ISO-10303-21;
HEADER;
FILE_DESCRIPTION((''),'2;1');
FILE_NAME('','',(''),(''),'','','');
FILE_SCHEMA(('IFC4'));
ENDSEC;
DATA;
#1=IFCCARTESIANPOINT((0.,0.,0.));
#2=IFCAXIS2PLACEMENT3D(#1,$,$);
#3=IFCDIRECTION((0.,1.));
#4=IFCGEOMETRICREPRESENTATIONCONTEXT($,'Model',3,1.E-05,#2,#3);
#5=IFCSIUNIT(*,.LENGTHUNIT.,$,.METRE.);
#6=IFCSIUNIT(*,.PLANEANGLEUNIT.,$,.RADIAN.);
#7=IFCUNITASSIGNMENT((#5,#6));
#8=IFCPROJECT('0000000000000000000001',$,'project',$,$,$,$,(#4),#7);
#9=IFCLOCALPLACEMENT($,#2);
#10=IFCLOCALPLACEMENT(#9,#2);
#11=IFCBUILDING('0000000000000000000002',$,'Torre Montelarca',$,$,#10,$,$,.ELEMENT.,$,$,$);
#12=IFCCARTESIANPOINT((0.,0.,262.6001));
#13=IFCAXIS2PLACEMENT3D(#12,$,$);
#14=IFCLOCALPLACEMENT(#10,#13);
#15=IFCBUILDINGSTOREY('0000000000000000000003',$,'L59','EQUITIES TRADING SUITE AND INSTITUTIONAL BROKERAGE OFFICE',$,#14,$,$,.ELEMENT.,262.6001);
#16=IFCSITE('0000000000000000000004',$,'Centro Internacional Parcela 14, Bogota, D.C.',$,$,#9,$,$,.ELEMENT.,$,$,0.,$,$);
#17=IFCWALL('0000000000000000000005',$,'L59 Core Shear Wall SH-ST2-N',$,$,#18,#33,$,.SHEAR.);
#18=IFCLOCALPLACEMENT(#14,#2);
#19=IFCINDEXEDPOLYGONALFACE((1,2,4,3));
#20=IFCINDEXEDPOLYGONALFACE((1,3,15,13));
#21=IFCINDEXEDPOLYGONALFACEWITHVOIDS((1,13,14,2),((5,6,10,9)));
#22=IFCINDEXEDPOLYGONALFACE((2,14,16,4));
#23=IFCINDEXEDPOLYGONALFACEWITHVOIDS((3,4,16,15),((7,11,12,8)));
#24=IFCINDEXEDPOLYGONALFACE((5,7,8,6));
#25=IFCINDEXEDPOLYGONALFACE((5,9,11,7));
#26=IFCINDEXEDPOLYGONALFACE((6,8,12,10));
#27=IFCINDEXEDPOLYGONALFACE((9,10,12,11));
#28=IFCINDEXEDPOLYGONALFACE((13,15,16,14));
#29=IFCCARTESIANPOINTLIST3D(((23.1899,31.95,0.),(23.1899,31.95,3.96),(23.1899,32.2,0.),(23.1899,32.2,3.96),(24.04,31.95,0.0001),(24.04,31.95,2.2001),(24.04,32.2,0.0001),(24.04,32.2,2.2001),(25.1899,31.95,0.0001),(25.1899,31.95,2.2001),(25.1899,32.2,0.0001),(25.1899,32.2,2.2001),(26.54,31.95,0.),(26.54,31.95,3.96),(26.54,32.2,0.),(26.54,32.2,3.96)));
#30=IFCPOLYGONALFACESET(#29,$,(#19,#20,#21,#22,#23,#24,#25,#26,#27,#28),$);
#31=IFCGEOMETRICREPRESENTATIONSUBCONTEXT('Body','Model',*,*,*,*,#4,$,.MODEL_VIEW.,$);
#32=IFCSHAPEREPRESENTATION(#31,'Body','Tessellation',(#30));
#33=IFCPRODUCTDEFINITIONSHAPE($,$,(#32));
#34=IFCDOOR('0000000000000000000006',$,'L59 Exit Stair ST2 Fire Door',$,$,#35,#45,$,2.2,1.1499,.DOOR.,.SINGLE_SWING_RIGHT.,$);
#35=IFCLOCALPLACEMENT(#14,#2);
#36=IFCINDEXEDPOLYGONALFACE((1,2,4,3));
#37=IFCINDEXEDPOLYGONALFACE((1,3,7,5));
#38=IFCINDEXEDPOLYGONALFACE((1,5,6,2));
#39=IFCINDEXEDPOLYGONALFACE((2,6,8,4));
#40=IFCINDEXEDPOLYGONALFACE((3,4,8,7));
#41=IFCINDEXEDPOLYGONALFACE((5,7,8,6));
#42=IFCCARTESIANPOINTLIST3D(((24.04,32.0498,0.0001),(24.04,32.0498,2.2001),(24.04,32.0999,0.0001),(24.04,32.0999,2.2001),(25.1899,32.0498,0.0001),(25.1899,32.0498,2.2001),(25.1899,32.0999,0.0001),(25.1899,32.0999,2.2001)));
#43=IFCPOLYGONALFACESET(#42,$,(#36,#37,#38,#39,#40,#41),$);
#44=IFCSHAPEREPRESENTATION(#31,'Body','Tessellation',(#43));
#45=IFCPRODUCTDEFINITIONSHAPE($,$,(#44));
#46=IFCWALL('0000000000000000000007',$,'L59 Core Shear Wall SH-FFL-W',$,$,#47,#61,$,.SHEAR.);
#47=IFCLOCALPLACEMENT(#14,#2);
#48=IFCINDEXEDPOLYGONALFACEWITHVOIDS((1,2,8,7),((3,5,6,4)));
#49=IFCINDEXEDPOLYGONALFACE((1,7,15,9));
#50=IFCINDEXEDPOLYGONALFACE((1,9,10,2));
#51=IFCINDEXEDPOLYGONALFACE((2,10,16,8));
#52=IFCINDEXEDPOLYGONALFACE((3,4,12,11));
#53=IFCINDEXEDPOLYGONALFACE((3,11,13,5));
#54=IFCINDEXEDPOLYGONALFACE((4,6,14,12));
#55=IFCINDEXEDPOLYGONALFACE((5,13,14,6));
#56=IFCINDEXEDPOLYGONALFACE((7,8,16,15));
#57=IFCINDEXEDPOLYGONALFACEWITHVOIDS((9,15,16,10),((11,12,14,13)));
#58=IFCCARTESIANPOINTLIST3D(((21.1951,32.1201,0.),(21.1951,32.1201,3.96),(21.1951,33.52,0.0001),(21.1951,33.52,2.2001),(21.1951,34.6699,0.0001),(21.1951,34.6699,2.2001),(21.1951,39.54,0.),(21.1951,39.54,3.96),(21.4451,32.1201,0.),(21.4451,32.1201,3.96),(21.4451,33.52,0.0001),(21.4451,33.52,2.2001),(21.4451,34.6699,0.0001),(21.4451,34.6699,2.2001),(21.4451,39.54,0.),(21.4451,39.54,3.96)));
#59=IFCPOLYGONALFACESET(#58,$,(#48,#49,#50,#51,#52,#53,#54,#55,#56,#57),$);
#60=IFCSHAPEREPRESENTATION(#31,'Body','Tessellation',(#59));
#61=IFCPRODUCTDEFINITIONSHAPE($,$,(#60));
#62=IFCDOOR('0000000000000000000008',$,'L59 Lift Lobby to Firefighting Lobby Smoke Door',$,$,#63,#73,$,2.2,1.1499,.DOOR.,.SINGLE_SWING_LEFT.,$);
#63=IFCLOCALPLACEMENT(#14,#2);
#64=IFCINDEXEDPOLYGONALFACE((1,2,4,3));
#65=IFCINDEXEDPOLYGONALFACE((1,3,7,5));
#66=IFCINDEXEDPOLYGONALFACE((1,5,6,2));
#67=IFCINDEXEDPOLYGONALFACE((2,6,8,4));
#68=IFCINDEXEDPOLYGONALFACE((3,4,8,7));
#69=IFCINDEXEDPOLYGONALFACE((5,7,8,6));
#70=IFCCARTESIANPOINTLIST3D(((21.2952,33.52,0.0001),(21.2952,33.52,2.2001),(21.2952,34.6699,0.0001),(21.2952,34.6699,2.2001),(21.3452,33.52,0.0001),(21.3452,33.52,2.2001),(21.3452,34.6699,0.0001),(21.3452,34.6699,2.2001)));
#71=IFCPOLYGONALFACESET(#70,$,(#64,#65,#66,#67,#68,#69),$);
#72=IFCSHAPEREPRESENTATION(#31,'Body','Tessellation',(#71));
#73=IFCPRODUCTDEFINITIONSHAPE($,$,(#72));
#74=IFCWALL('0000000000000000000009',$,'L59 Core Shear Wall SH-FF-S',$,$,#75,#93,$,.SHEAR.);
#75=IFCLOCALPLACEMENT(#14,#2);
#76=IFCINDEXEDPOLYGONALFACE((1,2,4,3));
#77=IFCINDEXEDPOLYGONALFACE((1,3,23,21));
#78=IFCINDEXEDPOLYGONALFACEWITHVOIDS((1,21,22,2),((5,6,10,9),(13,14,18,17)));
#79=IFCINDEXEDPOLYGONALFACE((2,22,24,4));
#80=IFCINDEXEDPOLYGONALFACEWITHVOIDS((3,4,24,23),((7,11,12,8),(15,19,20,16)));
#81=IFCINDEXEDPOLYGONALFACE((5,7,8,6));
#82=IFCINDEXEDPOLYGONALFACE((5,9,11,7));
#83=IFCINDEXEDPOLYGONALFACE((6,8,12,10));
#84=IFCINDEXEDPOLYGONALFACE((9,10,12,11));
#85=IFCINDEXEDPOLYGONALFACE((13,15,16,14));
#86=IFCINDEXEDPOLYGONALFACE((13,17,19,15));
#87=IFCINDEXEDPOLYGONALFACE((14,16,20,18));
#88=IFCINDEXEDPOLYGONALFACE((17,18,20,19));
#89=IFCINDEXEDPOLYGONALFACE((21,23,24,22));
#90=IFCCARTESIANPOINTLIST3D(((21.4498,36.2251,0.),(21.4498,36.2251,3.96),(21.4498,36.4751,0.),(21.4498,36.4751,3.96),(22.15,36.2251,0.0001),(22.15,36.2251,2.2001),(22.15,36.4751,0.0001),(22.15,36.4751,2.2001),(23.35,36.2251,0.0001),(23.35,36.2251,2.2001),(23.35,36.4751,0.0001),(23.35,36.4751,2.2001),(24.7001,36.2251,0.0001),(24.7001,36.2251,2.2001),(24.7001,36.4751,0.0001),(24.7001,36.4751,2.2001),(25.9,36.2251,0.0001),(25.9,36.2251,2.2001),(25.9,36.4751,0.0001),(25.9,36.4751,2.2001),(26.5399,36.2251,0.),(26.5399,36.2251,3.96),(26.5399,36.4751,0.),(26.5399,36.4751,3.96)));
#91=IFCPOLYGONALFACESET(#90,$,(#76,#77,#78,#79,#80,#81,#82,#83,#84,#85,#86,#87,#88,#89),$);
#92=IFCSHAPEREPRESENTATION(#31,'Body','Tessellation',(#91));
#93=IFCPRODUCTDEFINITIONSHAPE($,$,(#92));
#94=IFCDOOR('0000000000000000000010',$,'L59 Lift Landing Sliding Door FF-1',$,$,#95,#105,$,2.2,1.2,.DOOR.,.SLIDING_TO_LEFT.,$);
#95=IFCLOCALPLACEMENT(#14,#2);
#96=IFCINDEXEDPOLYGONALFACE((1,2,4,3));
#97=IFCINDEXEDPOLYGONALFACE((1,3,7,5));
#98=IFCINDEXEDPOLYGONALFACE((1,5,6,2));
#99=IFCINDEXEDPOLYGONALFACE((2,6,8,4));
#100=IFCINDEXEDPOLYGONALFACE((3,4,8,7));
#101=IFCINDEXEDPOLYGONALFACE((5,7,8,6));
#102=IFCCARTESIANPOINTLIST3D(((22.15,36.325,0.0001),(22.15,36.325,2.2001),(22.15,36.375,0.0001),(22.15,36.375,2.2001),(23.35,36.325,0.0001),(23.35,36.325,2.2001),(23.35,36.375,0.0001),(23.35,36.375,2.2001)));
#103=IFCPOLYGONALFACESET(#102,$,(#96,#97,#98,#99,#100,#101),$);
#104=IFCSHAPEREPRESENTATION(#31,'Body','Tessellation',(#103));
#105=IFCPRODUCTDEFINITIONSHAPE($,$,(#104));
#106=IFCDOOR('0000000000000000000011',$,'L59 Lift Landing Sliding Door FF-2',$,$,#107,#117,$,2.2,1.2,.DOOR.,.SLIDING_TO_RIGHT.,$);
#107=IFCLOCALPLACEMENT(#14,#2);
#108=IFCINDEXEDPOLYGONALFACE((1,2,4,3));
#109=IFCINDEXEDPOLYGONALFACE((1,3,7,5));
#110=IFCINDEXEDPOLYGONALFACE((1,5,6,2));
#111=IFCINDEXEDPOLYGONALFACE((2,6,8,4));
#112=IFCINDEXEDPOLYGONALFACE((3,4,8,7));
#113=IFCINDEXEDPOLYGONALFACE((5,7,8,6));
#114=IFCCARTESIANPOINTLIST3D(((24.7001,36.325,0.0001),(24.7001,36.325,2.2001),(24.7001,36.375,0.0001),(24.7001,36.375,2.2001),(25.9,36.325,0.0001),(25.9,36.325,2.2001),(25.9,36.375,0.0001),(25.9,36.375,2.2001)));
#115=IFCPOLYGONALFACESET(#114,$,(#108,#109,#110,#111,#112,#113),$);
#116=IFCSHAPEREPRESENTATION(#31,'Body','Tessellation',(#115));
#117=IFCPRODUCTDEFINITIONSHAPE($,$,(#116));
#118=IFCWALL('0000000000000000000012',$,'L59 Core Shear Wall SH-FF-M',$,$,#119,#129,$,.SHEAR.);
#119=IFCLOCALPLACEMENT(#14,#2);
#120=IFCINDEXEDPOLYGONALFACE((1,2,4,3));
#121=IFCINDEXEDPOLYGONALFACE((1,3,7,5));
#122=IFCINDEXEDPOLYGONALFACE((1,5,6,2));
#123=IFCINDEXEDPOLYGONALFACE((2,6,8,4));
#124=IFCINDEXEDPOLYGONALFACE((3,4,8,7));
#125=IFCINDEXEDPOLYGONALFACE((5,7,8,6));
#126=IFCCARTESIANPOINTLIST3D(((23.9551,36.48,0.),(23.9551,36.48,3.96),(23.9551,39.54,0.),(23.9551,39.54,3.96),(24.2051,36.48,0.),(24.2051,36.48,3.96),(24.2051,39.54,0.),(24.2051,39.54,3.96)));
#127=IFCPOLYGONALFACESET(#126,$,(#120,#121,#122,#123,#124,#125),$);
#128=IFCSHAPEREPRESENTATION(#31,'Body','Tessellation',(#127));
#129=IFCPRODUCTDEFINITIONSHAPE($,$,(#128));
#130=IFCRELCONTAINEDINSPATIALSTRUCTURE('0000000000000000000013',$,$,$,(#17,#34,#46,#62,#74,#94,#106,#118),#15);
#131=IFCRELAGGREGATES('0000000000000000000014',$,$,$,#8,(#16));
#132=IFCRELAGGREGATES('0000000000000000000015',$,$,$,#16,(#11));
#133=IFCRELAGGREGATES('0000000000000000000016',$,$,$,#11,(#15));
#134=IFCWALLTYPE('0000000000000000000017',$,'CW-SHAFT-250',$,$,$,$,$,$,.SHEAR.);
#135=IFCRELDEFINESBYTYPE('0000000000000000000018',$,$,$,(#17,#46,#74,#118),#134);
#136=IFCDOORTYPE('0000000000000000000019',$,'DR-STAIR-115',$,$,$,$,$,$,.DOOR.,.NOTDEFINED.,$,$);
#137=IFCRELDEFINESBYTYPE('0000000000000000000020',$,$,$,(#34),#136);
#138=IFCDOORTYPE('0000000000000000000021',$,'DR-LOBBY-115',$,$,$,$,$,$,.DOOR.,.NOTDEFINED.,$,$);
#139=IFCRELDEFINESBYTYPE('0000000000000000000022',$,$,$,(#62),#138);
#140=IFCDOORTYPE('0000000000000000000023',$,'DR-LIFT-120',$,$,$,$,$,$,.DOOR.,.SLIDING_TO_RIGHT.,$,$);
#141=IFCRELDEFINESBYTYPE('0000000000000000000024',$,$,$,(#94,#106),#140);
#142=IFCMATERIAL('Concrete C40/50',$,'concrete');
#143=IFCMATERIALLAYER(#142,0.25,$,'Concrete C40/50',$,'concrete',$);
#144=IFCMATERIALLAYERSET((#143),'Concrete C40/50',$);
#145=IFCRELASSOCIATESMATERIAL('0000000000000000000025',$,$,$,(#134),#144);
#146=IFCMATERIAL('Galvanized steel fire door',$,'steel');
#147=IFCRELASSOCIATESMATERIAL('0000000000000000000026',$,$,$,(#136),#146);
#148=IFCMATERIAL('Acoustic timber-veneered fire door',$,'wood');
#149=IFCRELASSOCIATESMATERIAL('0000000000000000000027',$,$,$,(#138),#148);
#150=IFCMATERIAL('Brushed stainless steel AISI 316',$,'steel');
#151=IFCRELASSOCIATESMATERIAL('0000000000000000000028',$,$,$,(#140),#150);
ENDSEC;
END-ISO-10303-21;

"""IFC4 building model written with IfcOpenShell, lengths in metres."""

from ifc_helpers import new_model, si_unit, direction, frame, frame_2d, origin, place, context, subcontext, project, spatial, rectangle, extrude, source, transform, mapped, material, layer, layer_set, type_object, element, fill, save


model = new_model("IFC4")

# Units and contexts
model_context = context("Model", 3, precision=1e-05, world=origin(), true_north=direction((0.0, 1.0)))
body_context = subcontext(model_context, "Body", "Model", "MODEL_VIEW")
ifc_project = project(units=[si_unit("LENGTHUNIT", "METRE"), si_unit("PLANEANGLEUNIT", "RADIAN")], contexts=[model_context])

# Site, building, storey
site_placement = place(None, origin())
site = spatial("IfcSite", under=ifc_project, at=site_placement, Name="Centro Internacional Parcela 14, Bogota, D.C.", CompositionType="ELEMENT", RefElevation=0.0)
building_placement = place(site_placement, origin())
building = spatial("IfcBuilding", under=site, at=building_placement, Name="Torre Montelarca", CompositionType="ELEMENT")
storey_placement = place(building_placement, frame((0.0, 0.0, 262.6001)))
storey = spatial("IfcBuildingStorey", under=building, at=storey_placement, Name="L59", Description="EQUITIES TRADING SUITE AND INSTITUTIONAL BROKERAGE OFFICE", CompositionType="ELEMENT", Elevation=262.6001)

# Walls, openings, doors
ifc_material_1 = material(Name="Concrete C40/50", Category="concrete")
ifc_layer_1 = layer(ifc_material_1, 0.25, Name="Concrete C40/50", Category="concrete")
ifc_layer_set_1 = layer_set([ifc_layer_1], Name="Concrete C40/50")
wall_type_1 = type_object("IfcWallType", Name="CW-SHAFT-250", PredefinedType="SHEAR", material=ifc_layer_set_1)
wall_1_placement = place(storey_placement, frame((23.1899, 32.075, 0.0), z_axis=(0.0, 0.0, 1.0), x_axis=(1.0, 0.0, 0.0)))
wall_1 = element("IfcWall", 1, at=wall_1_placement, inside=storey, type_object=wall_type_1, Name="L59 Core Shear Wall SH-ST2-N", PredefinedType="SHEAR", context=body_context, shape_type="SweptSolid", body=[
    extrude(rectangle(XDim=3.3501, YDim=0.25, at=frame_2d((1.675, 0.0))), origin(), (0.0, 0.0, 1.0), 3.96),
])
opening_1_placement = place(wall_1_placement, frame((0.8501, 0.0, 0.0)))
opening_1 = element("IfcOpeningElement", 2, at=opening_1_placement, cuts=wall_1, PredefinedType="OPENING", context=body_context, shape_type="SweptSolid", body=[
    extrude(rectangle(XDim=1.1499, YDim=2.2, at=frame_2d((0.575, 1.1001))), frame((0.0, 0.135, 0.0), z_axis=(0.0, -1.0, 0.0), x_axis=(1.0, 0.0, 0.0)), (0.0, 0.0, 1.0), 0.27),
])
ifc_material_2 = material(Name="Galvanized steel fire door", Category="steel")
door_type_1 = type_object("IfcDoorType", Name="DR-STAIR-115", OperationType="NOTDEFINED", PredefinedType="DOOR", material=ifc_material_2)
shared_shape_1 = source(origin(), body_context, "Body", "SweptSolid", [
    extrude(rectangle(XDim=1.1499, YDim=2.2, at=frame_2d((0.575, 1.1001))), frame((0.0, 0.0249, 0.0), z_axis=(0.0, -1.0, 0.0), x_axis=(1.0, 0.0, 0.0)), (0.0, 0.0, 1.0), 0.05),
])
door_1_placement = place(opening_1_placement, origin())
door_1 = element("IfcDoor", 3, at=door_1_placement, inside=storey, type_object=door_type_1, Name="L59 Exit Stair ST2 Fire Door", OperationType="SINGLE_SWING_RIGHT", OverallHeight=2.2, OverallWidth=1.1499, PredefinedType="DOOR", context=body_context, shape_type="MappedRepresentation", body=[
    mapped(shared_shape_1, transform((0.0, 0.0, 0.0), scale=1.0)),
])
fill(opening_1, door_1)
wall_2_placement = place(storey_placement, frame((21.3201, 32.1201, 0.0), z_axis=(0.0, 0.0, 1.0), x_axis=(0.0, 1.0, 0.0)))
wall_2 = element("IfcWall", 4, at=wall_2_placement, inside=storey, type_object=wall_type_1, Name="L59 Core Shear Wall SH-FFL-W", PredefinedType="SHEAR", context=body_context, shape_type="SweptSolid", body=[
    extrude(rectangle(XDim=7.4199, YDim=0.25, at=frame_2d((3.71, 0.0))), origin(), (0.0, 0.0, 1.0), 3.96),
])
opening_2_placement = place(wall_2_placement, frame((1.3999, 0.0, 0.0)))
opening_2 = element("IfcOpeningElement", 5, at=opening_2_placement, cuts=wall_2, PredefinedType="OPENING", context=body_context, shape_type="SweptSolid", body=[
    extrude(rectangle(XDim=1.1499, YDim=2.2, at=frame_2d((0.575, 1.1001))), frame((0.0, 0.135, 0.0), z_axis=(0.0, -1.0, 0.0), x_axis=(1.0, 0.0, 0.0)), (0.0, 0.0, 1.0), 0.27),
])
ifc_material_3 = material(Name="Acoustic timber-veneered fire door", Category="wood")
door_type_2 = type_object("IfcDoorType", Name="DR-LOBBY-115", OperationType="NOTDEFINED", PredefinedType="DOOR", material=ifc_material_3)
shared_shape_2 = source(origin(), body_context, "Body", "SweptSolid", [
    extrude(rectangle(XDim=1.1499, YDim=2.2, at=frame_2d((0.575, 1.1001))), frame((0.0, 0.0249, 0.0), z_axis=(0.0, -1.0, 0.0), x_axis=(1.0, 0.0, 0.0)), (0.0, 0.0, 1.0), 0.05),
])
door_2_placement = place(opening_2_placement, origin())
door_2 = element("IfcDoor", 6, at=door_2_placement, inside=storey, type_object=door_type_2, Name="L59 Lift Lobby to Firefighting Lobby Smoke Door", OperationType="SINGLE_SWING_LEFT", OverallHeight=2.2, OverallWidth=1.1499, PredefinedType="DOOR", context=body_context, shape_type="MappedRepresentation", body=[
    mapped(shared_shape_2, transform((0.0, 0.0, 0.0), scale=1.0)),
])
fill(opening_2, door_2)

# Wall, openings, doors
wall_3_placement = place(storey_placement, frame((21.45, 36.3501, 0.0), z_axis=(0.0, 0.0, 1.0), x_axis=(1.0, 0.0, 0.0)))
wall_3 = element("IfcWall", 7, at=wall_3_placement, inside=storey, type_object=wall_type_1, Name="L59 Core Shear Wall SH-FF-S", PredefinedType="SHEAR", context=body_context, shape_type="SweptSolid", body=[
    extrude(rectangle(XDim=5.0901, YDim=0.25, at=frame_2d((2.5449, 0.0))), origin(), (0.0, 0.0, 1.0), 3.96),
])
opening_3_placement = place(wall_3_placement, frame((0.7, 0.0, 0.0)))
opening_3 = element("IfcOpeningElement", 8, at=opening_3_placement, cuts=wall_3, PredefinedType="OPENING", context=body_context, shape_type="SweptSolid", body=[
    extrude(rectangle(XDim=1.2, YDim=2.2, at=frame_2d((0.6001, 1.1001))), frame((0.0, 0.135, 0.0), z_axis=(0.0, -1.0, 0.0), x_axis=(1.0, 0.0, 0.0)), (0.0, 0.0, 1.0), 0.27),
])
opening_4_placement = place(wall_3_placement, frame((3.25, 0.0, 0.0)))
opening_4 = element("IfcOpeningElement", 9, at=opening_4_placement, cuts=wall_3, PredefinedType="OPENING", context=body_context, shape_type="SweptSolid", body=[
    extrude(rectangle(XDim=1.2, YDim=2.2, at=frame_2d((0.6001, 1.1001))), frame((0.0, 0.135, 0.0), z_axis=(0.0, -1.0, 0.0), x_axis=(1.0, 0.0, 0.0)), (0.0, 0.0, 1.0), 0.27),
])
ifc_material_4 = material(Name="Brushed stainless steel AISI 316", Category="steel")
door_type_3 = type_object("IfcDoorType", Name="DR-LIFT-120", OperationType="SLIDING_TO_RIGHT", PredefinedType="DOOR", material=ifc_material_4)
shared_shape_3 = source(origin(), body_context, "Body", "SweptSolid", [
    extrude(rectangle(XDim=1.2, YDim=2.2, at=frame_2d((0.6001, 1.1001))), frame((0.0, 0.0249, 0.0), z_axis=(0.0, -1.0, 0.0), x_axis=(1.0, 0.0, 0.0)), (0.0, 0.0, 1.0), 0.05),
])
door_3_placement = place(opening_3_placement, origin())
door_3 = element("IfcDoor", 10, at=door_3_placement, inside=storey, type_object=door_type_3, Name="L59 Lift Landing Sliding Door FF-1", OperationType="SLIDING_TO_LEFT", OverallHeight=2.2, OverallWidth=1.2, PredefinedType="DOOR", context=body_context, shape_type="MappedRepresentation", body=[
    mapped(shared_shape_3, transform((0.0, 0.0, 0.0), scale=1.0)),
])
fill(opening_3, door_3)
door_4_placement = place(opening_4_placement, origin())
door_4 = element("IfcDoor", 11, at=door_4_placement, inside=storey, type_object=door_type_3, Name="L59 Lift Landing Sliding Door FF-2", OperationType="SLIDING_TO_RIGHT", OverallHeight=2.2, OverallWidth=1.2, PredefinedType="DOOR", context=body_context, shape_type="MappedRepresentation", body=[
    mapped(shared_shape_3, transform((0.0, 0.0, 0.0), scale=1.0)),
])
fill(opening_4, door_4)

# Wall
wall_4_placement = place(storey_placement, frame((24.0801, 36.48, 0.0), z_axis=(0.0, 0.0, 1.0), x_axis=(0.0, 1.0, 0.0)))
element("IfcWall", 12, at=wall_4_placement, inside=storey, type_object=wall_type_1, Name="L59 Core Shear Wall SH-FF-M", PredefinedType="SHEAR", context=body_context, shape_type="SweptSolid", body=[
    extrude(rectangle(XDim=3.0601, YDim=0.25, at=frame_2d((1.53, 0.0))), origin(), (0.0, 0.0, 1.0), 3.96),
])

save(model, "model.ifc")
